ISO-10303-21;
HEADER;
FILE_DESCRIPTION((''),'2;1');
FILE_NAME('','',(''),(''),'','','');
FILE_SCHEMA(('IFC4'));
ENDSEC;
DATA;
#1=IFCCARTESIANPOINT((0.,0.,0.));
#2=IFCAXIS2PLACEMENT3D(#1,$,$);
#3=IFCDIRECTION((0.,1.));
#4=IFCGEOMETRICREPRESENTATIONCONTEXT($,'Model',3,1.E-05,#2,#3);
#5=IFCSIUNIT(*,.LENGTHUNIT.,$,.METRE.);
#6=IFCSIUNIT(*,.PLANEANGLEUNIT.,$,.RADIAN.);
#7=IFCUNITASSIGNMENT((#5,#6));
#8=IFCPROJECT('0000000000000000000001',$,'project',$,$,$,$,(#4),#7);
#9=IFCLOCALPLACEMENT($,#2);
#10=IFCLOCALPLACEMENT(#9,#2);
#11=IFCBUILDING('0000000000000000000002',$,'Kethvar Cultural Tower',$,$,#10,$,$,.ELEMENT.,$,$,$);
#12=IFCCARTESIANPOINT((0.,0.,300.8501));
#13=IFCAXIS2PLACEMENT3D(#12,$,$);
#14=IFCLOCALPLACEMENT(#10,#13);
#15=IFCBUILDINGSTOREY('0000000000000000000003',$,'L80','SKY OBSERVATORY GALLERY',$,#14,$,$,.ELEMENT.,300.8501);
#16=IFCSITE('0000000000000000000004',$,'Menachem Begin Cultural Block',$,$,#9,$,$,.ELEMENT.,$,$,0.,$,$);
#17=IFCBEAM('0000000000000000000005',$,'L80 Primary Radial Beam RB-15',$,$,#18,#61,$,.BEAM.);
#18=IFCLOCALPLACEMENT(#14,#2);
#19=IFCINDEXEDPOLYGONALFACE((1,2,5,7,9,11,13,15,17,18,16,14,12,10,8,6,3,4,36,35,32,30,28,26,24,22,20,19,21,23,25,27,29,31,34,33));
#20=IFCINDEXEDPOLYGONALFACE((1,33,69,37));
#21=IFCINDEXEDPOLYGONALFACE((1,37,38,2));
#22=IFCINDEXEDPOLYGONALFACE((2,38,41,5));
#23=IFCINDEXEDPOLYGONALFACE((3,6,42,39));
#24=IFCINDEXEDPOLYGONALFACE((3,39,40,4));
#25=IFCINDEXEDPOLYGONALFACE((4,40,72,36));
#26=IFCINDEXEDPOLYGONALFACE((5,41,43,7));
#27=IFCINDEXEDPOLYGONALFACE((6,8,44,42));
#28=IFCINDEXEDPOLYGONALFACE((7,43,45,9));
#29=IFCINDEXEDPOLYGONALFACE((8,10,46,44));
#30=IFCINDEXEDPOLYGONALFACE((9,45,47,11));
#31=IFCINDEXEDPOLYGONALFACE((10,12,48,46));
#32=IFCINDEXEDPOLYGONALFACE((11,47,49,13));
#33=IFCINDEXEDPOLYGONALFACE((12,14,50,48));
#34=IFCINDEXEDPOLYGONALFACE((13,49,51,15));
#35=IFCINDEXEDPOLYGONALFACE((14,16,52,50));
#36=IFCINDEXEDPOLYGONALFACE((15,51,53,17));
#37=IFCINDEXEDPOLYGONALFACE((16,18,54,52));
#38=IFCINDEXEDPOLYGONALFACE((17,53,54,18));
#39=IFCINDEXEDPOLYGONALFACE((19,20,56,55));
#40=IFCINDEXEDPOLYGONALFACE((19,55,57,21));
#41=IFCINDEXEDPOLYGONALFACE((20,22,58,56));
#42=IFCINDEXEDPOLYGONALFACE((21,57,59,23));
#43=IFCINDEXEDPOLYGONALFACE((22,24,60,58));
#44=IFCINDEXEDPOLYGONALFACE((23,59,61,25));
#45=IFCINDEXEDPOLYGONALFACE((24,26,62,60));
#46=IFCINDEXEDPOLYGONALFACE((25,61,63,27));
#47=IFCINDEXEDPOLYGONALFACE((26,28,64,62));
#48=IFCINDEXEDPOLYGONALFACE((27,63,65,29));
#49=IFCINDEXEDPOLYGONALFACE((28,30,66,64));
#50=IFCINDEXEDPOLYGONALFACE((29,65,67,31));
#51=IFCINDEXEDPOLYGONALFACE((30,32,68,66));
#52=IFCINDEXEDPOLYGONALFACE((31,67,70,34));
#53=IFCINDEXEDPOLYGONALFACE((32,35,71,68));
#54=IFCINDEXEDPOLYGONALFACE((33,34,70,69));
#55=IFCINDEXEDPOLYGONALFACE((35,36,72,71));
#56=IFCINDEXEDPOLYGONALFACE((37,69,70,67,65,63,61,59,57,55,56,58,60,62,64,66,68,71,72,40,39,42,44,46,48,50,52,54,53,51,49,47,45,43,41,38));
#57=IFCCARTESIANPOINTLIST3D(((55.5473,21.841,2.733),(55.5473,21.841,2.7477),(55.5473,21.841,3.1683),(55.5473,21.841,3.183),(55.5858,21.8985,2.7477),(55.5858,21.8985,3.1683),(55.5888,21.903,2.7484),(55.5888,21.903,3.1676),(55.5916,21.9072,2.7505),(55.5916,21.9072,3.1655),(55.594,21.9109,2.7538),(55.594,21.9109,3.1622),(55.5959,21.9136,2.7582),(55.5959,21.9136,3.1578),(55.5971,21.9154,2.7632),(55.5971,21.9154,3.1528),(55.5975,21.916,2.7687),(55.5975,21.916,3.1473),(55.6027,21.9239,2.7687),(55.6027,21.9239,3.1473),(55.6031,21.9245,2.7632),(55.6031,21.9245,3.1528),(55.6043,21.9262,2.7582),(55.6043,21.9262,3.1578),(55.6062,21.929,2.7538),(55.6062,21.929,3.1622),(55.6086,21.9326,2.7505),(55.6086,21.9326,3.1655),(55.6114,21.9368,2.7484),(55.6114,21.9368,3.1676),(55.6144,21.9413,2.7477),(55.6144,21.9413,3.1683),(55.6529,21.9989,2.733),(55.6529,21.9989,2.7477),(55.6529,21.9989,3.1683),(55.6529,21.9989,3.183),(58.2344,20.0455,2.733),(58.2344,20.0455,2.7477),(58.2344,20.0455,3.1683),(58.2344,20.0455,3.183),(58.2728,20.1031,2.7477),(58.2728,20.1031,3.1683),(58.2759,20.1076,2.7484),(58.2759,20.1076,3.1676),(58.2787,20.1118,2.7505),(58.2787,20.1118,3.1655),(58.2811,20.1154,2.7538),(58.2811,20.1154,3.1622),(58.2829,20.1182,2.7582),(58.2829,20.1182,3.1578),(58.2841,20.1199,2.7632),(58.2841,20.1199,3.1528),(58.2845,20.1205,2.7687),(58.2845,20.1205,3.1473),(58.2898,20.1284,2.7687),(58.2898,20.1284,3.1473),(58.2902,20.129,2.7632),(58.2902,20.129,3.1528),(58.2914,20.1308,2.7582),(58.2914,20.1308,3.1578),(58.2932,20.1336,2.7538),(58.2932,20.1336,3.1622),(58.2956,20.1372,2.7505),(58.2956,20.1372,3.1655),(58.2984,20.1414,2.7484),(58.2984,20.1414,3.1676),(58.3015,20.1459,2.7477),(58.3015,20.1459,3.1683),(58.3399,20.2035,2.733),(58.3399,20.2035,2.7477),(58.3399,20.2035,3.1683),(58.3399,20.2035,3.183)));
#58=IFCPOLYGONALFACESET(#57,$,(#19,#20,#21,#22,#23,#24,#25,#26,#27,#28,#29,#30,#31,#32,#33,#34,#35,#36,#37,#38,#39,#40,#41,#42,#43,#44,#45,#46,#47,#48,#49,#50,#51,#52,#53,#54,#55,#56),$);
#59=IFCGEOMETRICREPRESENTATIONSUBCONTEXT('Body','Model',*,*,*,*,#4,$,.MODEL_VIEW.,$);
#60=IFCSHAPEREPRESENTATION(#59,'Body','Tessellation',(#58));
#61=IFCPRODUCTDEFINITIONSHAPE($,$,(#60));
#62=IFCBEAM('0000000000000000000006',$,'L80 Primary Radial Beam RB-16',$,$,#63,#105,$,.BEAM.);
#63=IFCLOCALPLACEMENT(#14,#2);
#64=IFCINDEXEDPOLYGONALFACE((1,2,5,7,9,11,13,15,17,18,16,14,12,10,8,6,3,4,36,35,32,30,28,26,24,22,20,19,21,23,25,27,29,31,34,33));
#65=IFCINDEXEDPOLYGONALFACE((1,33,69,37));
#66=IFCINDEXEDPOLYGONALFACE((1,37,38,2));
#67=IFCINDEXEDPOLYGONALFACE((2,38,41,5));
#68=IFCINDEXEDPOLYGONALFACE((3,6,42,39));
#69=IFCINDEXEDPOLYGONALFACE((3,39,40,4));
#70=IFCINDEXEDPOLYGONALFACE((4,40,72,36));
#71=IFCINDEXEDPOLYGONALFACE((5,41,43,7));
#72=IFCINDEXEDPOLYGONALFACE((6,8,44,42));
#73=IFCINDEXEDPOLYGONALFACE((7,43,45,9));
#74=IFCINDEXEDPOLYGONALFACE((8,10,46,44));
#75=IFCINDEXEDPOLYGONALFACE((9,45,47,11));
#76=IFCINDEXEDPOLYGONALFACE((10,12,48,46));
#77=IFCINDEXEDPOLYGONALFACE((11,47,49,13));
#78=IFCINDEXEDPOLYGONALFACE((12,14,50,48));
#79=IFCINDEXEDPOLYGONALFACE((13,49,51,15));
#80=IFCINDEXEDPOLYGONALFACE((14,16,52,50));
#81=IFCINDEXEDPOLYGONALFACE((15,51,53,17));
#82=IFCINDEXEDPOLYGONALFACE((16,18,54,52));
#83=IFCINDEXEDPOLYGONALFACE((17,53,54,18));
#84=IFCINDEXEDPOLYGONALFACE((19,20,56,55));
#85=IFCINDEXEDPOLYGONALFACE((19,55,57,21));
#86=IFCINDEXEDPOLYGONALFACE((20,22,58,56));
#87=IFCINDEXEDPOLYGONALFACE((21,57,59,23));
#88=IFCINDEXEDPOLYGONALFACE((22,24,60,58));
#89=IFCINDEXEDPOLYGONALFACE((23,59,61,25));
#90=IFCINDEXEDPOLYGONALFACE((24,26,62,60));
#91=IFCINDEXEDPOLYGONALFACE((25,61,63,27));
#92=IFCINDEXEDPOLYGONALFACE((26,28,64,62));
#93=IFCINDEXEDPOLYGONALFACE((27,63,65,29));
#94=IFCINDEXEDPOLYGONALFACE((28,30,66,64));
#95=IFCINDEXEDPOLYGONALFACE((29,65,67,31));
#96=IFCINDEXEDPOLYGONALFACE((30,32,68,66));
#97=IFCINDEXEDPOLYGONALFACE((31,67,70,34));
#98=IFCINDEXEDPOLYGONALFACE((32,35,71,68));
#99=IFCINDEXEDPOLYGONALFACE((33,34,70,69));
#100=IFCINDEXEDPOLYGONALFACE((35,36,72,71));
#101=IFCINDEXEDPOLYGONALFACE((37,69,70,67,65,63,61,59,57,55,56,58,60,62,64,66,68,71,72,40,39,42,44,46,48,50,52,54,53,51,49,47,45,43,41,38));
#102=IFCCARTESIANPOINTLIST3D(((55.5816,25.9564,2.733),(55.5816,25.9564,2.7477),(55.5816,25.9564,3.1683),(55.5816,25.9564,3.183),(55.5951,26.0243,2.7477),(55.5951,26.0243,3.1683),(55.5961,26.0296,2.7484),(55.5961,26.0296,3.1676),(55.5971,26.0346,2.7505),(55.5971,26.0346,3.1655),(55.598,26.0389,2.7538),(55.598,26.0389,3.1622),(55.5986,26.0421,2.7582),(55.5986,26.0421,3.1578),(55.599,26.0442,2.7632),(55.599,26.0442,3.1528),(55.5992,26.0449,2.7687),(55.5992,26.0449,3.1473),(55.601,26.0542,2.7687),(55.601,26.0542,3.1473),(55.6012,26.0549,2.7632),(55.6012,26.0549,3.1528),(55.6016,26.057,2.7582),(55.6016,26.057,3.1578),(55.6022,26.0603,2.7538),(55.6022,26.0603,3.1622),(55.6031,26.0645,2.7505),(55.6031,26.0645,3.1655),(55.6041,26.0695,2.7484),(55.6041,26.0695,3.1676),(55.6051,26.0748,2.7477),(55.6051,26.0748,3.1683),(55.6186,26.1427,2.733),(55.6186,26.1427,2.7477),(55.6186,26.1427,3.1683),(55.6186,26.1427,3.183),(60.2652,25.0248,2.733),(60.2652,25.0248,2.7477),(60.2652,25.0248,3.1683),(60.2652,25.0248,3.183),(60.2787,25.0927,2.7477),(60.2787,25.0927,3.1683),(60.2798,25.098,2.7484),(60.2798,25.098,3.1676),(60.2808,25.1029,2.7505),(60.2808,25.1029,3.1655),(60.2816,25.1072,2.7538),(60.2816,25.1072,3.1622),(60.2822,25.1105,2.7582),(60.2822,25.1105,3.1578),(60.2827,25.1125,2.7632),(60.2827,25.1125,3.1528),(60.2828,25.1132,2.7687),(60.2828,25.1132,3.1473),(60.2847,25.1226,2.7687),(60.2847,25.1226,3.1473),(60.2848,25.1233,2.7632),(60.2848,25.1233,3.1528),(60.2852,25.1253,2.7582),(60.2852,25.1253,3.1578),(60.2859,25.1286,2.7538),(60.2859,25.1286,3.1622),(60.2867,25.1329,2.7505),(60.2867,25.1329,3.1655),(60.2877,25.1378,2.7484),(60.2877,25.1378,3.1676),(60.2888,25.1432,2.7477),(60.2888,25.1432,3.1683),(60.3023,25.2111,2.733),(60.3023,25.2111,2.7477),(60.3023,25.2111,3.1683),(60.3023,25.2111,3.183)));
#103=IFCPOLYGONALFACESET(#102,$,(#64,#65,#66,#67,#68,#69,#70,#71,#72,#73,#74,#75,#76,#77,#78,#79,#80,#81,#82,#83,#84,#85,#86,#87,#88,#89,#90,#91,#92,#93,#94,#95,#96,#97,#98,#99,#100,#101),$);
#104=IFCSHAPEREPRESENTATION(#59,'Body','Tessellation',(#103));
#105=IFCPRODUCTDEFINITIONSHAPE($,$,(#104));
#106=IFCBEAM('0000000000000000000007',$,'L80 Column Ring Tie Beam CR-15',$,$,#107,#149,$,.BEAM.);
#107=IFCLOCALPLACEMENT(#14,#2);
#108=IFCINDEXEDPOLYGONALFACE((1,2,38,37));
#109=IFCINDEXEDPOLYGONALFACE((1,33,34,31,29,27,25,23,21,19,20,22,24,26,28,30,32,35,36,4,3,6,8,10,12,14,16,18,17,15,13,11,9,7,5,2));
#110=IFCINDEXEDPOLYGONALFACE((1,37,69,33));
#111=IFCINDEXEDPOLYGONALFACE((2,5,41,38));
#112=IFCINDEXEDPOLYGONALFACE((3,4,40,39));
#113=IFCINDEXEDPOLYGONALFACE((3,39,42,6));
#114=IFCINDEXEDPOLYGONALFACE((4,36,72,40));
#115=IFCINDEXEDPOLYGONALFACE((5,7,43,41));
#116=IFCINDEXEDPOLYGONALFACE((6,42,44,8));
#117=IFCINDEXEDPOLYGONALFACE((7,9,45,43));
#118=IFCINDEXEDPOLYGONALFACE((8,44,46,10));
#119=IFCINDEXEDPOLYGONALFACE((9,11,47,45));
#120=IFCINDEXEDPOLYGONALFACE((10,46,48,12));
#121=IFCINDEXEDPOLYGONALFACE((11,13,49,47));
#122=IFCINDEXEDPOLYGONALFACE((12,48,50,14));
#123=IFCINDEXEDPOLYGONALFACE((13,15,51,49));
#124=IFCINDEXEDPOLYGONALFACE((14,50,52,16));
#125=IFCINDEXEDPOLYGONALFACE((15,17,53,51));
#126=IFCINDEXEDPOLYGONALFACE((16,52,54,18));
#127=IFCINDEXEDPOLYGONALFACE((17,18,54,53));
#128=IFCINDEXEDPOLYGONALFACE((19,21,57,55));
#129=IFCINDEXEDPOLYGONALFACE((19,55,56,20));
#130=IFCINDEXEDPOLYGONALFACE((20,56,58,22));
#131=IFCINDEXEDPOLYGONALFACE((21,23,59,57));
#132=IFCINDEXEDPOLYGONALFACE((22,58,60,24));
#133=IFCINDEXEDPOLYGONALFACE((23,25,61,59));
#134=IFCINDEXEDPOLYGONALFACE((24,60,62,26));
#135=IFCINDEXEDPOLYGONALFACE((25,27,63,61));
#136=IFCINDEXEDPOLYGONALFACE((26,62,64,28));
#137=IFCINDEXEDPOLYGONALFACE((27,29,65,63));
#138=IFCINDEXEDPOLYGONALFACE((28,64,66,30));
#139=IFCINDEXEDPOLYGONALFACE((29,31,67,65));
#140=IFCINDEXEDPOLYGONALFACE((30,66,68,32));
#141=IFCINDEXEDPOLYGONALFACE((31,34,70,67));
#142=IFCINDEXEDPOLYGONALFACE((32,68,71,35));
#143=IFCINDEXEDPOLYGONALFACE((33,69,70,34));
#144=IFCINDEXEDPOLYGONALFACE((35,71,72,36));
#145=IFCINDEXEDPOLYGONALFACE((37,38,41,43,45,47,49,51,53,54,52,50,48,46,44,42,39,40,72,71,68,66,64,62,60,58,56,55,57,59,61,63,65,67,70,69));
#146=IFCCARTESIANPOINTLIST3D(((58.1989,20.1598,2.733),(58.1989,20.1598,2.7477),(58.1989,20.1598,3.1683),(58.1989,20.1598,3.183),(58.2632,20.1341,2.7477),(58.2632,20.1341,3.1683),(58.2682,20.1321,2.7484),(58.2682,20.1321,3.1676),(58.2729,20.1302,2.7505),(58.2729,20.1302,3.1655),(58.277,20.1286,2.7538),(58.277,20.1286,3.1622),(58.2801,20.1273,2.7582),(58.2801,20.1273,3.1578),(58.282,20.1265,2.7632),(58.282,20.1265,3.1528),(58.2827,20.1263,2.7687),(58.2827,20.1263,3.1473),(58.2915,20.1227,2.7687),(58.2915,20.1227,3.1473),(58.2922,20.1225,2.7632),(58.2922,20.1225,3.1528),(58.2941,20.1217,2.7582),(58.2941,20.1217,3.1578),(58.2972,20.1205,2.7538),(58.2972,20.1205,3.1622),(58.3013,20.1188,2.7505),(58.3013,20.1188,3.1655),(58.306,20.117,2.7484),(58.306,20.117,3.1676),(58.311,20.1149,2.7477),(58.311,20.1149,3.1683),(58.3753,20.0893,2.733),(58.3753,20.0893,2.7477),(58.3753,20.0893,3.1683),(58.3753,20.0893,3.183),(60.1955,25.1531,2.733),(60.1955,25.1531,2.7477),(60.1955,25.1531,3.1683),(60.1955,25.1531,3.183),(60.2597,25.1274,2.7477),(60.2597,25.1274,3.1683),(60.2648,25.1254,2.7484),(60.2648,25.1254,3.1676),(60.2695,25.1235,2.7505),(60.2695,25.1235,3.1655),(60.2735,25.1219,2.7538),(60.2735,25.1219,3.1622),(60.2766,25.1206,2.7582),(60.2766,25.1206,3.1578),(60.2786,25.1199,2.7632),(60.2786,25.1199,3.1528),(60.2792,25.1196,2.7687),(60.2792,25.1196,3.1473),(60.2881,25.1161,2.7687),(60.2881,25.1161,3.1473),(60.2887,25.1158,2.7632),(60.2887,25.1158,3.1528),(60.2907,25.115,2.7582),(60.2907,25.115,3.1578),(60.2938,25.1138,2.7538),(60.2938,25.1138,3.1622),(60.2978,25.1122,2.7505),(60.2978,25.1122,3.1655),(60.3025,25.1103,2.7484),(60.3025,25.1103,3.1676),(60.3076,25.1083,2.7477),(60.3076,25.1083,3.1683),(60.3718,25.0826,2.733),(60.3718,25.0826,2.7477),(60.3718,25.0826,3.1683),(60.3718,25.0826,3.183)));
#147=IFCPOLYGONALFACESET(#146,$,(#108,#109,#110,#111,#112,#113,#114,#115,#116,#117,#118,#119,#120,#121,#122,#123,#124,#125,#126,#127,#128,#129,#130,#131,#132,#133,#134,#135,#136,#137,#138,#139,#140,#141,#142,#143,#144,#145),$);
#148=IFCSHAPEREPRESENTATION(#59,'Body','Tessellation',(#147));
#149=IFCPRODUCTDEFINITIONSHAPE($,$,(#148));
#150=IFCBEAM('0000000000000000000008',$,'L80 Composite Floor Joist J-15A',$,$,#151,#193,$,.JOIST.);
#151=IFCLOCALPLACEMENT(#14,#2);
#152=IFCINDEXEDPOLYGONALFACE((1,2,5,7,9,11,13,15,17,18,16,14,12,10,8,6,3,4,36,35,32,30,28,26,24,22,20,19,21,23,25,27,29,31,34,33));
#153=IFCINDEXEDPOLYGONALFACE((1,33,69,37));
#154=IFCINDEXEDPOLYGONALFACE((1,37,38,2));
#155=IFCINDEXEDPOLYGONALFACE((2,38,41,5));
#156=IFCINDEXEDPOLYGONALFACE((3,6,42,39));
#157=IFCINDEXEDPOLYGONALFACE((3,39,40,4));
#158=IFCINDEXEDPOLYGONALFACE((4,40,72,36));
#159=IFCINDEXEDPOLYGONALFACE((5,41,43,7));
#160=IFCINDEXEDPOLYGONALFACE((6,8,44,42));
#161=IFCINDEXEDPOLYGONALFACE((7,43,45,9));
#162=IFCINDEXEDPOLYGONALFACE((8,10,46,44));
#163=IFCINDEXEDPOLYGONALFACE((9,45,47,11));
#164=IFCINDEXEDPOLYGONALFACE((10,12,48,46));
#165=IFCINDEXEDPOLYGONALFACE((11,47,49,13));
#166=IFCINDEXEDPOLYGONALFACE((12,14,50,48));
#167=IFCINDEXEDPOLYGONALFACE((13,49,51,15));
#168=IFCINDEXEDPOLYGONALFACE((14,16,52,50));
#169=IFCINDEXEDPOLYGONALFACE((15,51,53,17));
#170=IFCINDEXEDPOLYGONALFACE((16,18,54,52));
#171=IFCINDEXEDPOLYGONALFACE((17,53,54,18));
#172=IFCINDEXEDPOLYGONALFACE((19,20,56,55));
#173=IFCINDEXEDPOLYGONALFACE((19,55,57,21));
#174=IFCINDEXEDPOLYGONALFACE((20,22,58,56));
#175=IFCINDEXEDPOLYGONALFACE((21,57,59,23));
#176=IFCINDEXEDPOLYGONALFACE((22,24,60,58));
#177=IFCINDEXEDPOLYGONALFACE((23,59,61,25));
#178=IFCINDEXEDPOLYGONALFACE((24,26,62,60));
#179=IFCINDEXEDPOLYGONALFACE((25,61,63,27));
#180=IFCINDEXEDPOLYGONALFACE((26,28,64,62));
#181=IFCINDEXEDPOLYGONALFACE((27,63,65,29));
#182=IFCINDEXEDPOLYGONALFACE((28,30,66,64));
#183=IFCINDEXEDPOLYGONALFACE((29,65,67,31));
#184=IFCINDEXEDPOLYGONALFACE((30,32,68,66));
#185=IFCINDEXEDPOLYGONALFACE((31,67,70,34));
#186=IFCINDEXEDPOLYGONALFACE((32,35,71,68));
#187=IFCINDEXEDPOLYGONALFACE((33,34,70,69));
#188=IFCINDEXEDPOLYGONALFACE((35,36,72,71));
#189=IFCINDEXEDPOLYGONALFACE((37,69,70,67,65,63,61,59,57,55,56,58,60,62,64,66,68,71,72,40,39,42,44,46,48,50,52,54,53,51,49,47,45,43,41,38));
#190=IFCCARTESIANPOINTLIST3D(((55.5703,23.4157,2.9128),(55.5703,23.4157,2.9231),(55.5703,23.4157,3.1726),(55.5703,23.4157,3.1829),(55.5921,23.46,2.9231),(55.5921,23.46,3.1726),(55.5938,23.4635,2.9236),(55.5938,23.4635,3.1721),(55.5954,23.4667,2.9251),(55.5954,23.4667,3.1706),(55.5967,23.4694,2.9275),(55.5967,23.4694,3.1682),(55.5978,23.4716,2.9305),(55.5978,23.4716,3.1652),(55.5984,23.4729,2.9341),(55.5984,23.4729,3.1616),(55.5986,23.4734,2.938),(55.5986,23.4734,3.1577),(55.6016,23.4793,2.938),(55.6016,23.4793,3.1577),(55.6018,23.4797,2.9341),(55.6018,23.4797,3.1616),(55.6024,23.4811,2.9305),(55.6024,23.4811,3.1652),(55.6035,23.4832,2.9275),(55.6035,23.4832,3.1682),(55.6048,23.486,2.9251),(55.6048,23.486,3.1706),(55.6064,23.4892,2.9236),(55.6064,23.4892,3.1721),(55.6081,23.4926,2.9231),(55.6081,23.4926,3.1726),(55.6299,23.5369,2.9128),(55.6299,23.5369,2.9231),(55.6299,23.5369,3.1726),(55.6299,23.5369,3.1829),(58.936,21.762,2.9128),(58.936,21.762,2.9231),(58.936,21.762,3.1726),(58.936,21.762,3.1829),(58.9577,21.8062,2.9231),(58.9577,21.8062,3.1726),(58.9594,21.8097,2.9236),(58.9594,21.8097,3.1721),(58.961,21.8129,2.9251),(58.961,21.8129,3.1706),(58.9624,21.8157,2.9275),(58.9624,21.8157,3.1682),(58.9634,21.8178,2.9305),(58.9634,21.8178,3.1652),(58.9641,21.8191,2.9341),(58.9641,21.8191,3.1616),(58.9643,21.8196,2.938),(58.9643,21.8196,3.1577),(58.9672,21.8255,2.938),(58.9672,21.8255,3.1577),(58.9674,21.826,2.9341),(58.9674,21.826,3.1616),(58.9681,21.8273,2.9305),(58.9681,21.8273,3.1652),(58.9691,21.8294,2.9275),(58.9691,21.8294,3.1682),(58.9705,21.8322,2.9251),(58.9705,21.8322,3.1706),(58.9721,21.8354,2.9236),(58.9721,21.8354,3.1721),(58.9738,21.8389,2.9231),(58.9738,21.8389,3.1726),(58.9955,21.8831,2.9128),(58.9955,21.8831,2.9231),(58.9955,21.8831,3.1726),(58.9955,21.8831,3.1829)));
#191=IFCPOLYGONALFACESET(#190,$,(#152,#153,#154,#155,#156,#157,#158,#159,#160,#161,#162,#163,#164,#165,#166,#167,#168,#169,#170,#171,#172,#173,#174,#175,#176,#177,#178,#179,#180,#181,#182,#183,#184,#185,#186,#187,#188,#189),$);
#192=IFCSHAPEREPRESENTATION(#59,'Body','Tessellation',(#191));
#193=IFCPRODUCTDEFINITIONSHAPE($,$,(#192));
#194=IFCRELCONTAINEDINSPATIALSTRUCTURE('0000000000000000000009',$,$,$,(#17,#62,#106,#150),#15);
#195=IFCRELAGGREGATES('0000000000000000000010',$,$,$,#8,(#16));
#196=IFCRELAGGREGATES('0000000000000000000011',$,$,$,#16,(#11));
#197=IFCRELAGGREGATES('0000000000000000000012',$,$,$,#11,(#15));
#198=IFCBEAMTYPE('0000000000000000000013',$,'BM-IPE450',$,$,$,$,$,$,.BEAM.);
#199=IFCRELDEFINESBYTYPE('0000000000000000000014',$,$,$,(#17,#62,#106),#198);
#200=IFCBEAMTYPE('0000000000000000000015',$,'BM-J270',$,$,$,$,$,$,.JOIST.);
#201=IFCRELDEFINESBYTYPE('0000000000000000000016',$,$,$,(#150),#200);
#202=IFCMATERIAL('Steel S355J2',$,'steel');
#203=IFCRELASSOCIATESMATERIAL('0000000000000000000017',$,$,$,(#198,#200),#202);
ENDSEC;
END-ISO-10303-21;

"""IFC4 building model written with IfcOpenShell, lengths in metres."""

from ifc_helpers import new_model, si_unit, direction, frame, origin, origin_2d, place, context, subcontext, project, spatial, i_section, extrude, source, transform, mapped, material, material_profile, profile_set, type_object, element, save


model = new_model("IFC4")

# Units and contexts
model_context = context("Model", 3, precision=1e-05, world=origin(), true_north=direction((0.0, 1.0)))
body_context = subcontext(model_context, "Body", "Model", "MODEL_VIEW")
ifc_project = project(units=[si_unit("LENGTHUNIT", "METRE"), si_unit("PLANEANGLEUNIT", "RADIAN")], contexts=[model_context])

# Site, building, storey
site_placement = place(None, origin())
site = spatial("IfcSite", under=ifc_project, at=site_placement, Name="Menachem Begin Cultural Block", CompositionType="ELEMENT", RefElevation=0.0)
building_placement = place(site_placement, origin())
building = spatial("IfcBuilding", under=site, at=building_placement, Name="Kethvar Cultural Tower", CompositionType="ELEMENT")
storey_placement = place(building_placement, frame((0.0, 0.0, 300.8501)))
storey = spatial("IfcBuildingStorey", under=building, at=storey_placement, Name="L80", Description="SKY OBSERVATORY GALLERY", CompositionType="ELEMENT", Elevation=300.8501)

# Shared definitions
ifc_material_1 = material(Name="Steel S355J2", Category="steel")

# Beams
ifc_material_profile_1 = material_profile(ifc_material_1, i_section(OverallWidth=0.1899, OverallDepth=0.45, WebThickness=0.0095, FlangeThickness=0.0146, FilletRadius=0.021, at=origin_2d()), Name="Steel S355J2 — IPE450")
ifc_profile_set_1 = profile_set([ifc_material_profile_1], Name="Steel S355J2 — IPE450")
beam_type_1 = type_object("IfcBeamType", Name="BM-IPE450", PredefinedType="BEAM", material=ifc_profile_set_1)
shared_shape_1 = source(origin(), body_context, "Body", "SweptSolid", [
    extrude(i_section(OverallWidth=0.1899, OverallDepth=0.45, WebThickness=0.0095, FlangeThickness=0.0146, FilletRadius=0.021, at=origin_2d()), origin(), (0.0, 0.0, 1.0), 3.2317),
])
beam_1_placement = place(storey_placement, frame((55.6001, 21.9199, 2.958), z_axis=(0.831469, -0.555572, 0.0), x_axis=(0.555572, 0.831469, 0.0)))
element("IfcBeam", 1, at=beam_1_placement, inside=storey, type_object=beam_type_1, Name="L80 Primary Radial Beam RB-15", PredefinedType="BEAM", context=body_context, shape_type="MappedRepresentation", body=[
    mapped(shared_shape_1, transform((0.0, 0.0, 0.0), scale=1.0)),
])
shared_shape_2 = source(origin(), body_context, "Body", "SweptSolid", [
    extrude(i_section(OverallWidth=0.1899, OverallDepth=0.45, WebThickness=0.0095, FlangeThickness=0.0146, FilletRadius=0.021, at=origin_2d()), origin(), (0.0, 0.0, 1.0), 4.7754),
])
beam_2_placement = place(storey_placement, frame((55.6001, 26.0496, 2.958), z_axis=(0.980785, -0.195094, 0.0), x_axis=(0.195094, 0.980785, 0.0)))
element("IfcBeam", 2, at=beam_2_placement, inside=storey, type_object=beam_type_1, Name="L80 Primary Radial Beam RB-16", PredefinedType="BEAM", context=body_context, shape_type="MappedRepresentation", body=[
    mapped(shared_shape_2, transform((0.0, 0.0, 0.0), scale=1.0)),
])
shared_shape_3 = source(origin(), body_context, "Body", "SweptSolid", [
    extrude(i_section(OverallWidth=0.1899, OverallDepth=0.45, WebThickness=0.0095, FlangeThickness=0.0146, FilletRadius=0.021, at=origin_2d()), origin(), (0.0, 0.0, 1.0), 5.3777),
])
beam_3_placement = place(storey_placement, frame((58.2871, 20.1245, 2.958), z_axis=(0.371265, 0.928527, 0.0), x_axis=(-0.928527, 0.371265, 0.0)))
element("IfcBeam", 3, at=beam_3_placement, inside=storey, type_object=beam_type_1, Name="L80 Column Ring Tie Beam CR-15", PredefinedType="BEAM", context=body_context, shape_type="MappedRepresentation", body=[
    mapped(shared_shape_3, transform((0.0, 0.0, 0.0), scale=1.0)),
])
ifc_material_profile_2 = material_profile(ifc_material_1, i_section(OverallWidth=0.135, OverallDepth=0.27, WebThickness=0.0066, FlangeThickness=0.0103, FilletRadius=0.0149, at=origin_2d()), Name="Steel S355J2 — IPE270")
ifc_profile_set_2 = profile_set([ifc_material_profile_2], Name="Steel S355J2 — IPE270")
beam_type_2 = type_object("IfcBeamType", Name="BM-J270", PredefinedType="JOIST", material=ifc_profile_set_2)
shared_shape_4 = source(origin(), body_context, "Body", "SweptSolid", [
    extrude(i_section(OverallWidth=0.135, OverallDepth=0.27, WebThickness=0.0066, FlangeThickness=0.0103, FilletRadius=0.0149, at=origin_2d()), origin(), (0.0, 0.0, 1.0), 3.75),
])
beam_4_placement = place(storey_placement, frame((55.6001, 23.4763, 3.0479), z_axis=(0.897505, -0.441005, 0.0), x_axis=(0.441005, 0.897505, 0.0)))
element("IfcBeam", 4, at=beam_4_placement, inside=storey, type_object=beam_type_2, Name="L80 Composite Floor Joist J-15A", PredefinedType="JOIST", context=body_context, shape_type="MappedRepresentation", body=[
    mapped(shared_shape_4, transform((0.0, 0.0, 0.0), scale=1.0)),
])

save(model, "model.ifc")
